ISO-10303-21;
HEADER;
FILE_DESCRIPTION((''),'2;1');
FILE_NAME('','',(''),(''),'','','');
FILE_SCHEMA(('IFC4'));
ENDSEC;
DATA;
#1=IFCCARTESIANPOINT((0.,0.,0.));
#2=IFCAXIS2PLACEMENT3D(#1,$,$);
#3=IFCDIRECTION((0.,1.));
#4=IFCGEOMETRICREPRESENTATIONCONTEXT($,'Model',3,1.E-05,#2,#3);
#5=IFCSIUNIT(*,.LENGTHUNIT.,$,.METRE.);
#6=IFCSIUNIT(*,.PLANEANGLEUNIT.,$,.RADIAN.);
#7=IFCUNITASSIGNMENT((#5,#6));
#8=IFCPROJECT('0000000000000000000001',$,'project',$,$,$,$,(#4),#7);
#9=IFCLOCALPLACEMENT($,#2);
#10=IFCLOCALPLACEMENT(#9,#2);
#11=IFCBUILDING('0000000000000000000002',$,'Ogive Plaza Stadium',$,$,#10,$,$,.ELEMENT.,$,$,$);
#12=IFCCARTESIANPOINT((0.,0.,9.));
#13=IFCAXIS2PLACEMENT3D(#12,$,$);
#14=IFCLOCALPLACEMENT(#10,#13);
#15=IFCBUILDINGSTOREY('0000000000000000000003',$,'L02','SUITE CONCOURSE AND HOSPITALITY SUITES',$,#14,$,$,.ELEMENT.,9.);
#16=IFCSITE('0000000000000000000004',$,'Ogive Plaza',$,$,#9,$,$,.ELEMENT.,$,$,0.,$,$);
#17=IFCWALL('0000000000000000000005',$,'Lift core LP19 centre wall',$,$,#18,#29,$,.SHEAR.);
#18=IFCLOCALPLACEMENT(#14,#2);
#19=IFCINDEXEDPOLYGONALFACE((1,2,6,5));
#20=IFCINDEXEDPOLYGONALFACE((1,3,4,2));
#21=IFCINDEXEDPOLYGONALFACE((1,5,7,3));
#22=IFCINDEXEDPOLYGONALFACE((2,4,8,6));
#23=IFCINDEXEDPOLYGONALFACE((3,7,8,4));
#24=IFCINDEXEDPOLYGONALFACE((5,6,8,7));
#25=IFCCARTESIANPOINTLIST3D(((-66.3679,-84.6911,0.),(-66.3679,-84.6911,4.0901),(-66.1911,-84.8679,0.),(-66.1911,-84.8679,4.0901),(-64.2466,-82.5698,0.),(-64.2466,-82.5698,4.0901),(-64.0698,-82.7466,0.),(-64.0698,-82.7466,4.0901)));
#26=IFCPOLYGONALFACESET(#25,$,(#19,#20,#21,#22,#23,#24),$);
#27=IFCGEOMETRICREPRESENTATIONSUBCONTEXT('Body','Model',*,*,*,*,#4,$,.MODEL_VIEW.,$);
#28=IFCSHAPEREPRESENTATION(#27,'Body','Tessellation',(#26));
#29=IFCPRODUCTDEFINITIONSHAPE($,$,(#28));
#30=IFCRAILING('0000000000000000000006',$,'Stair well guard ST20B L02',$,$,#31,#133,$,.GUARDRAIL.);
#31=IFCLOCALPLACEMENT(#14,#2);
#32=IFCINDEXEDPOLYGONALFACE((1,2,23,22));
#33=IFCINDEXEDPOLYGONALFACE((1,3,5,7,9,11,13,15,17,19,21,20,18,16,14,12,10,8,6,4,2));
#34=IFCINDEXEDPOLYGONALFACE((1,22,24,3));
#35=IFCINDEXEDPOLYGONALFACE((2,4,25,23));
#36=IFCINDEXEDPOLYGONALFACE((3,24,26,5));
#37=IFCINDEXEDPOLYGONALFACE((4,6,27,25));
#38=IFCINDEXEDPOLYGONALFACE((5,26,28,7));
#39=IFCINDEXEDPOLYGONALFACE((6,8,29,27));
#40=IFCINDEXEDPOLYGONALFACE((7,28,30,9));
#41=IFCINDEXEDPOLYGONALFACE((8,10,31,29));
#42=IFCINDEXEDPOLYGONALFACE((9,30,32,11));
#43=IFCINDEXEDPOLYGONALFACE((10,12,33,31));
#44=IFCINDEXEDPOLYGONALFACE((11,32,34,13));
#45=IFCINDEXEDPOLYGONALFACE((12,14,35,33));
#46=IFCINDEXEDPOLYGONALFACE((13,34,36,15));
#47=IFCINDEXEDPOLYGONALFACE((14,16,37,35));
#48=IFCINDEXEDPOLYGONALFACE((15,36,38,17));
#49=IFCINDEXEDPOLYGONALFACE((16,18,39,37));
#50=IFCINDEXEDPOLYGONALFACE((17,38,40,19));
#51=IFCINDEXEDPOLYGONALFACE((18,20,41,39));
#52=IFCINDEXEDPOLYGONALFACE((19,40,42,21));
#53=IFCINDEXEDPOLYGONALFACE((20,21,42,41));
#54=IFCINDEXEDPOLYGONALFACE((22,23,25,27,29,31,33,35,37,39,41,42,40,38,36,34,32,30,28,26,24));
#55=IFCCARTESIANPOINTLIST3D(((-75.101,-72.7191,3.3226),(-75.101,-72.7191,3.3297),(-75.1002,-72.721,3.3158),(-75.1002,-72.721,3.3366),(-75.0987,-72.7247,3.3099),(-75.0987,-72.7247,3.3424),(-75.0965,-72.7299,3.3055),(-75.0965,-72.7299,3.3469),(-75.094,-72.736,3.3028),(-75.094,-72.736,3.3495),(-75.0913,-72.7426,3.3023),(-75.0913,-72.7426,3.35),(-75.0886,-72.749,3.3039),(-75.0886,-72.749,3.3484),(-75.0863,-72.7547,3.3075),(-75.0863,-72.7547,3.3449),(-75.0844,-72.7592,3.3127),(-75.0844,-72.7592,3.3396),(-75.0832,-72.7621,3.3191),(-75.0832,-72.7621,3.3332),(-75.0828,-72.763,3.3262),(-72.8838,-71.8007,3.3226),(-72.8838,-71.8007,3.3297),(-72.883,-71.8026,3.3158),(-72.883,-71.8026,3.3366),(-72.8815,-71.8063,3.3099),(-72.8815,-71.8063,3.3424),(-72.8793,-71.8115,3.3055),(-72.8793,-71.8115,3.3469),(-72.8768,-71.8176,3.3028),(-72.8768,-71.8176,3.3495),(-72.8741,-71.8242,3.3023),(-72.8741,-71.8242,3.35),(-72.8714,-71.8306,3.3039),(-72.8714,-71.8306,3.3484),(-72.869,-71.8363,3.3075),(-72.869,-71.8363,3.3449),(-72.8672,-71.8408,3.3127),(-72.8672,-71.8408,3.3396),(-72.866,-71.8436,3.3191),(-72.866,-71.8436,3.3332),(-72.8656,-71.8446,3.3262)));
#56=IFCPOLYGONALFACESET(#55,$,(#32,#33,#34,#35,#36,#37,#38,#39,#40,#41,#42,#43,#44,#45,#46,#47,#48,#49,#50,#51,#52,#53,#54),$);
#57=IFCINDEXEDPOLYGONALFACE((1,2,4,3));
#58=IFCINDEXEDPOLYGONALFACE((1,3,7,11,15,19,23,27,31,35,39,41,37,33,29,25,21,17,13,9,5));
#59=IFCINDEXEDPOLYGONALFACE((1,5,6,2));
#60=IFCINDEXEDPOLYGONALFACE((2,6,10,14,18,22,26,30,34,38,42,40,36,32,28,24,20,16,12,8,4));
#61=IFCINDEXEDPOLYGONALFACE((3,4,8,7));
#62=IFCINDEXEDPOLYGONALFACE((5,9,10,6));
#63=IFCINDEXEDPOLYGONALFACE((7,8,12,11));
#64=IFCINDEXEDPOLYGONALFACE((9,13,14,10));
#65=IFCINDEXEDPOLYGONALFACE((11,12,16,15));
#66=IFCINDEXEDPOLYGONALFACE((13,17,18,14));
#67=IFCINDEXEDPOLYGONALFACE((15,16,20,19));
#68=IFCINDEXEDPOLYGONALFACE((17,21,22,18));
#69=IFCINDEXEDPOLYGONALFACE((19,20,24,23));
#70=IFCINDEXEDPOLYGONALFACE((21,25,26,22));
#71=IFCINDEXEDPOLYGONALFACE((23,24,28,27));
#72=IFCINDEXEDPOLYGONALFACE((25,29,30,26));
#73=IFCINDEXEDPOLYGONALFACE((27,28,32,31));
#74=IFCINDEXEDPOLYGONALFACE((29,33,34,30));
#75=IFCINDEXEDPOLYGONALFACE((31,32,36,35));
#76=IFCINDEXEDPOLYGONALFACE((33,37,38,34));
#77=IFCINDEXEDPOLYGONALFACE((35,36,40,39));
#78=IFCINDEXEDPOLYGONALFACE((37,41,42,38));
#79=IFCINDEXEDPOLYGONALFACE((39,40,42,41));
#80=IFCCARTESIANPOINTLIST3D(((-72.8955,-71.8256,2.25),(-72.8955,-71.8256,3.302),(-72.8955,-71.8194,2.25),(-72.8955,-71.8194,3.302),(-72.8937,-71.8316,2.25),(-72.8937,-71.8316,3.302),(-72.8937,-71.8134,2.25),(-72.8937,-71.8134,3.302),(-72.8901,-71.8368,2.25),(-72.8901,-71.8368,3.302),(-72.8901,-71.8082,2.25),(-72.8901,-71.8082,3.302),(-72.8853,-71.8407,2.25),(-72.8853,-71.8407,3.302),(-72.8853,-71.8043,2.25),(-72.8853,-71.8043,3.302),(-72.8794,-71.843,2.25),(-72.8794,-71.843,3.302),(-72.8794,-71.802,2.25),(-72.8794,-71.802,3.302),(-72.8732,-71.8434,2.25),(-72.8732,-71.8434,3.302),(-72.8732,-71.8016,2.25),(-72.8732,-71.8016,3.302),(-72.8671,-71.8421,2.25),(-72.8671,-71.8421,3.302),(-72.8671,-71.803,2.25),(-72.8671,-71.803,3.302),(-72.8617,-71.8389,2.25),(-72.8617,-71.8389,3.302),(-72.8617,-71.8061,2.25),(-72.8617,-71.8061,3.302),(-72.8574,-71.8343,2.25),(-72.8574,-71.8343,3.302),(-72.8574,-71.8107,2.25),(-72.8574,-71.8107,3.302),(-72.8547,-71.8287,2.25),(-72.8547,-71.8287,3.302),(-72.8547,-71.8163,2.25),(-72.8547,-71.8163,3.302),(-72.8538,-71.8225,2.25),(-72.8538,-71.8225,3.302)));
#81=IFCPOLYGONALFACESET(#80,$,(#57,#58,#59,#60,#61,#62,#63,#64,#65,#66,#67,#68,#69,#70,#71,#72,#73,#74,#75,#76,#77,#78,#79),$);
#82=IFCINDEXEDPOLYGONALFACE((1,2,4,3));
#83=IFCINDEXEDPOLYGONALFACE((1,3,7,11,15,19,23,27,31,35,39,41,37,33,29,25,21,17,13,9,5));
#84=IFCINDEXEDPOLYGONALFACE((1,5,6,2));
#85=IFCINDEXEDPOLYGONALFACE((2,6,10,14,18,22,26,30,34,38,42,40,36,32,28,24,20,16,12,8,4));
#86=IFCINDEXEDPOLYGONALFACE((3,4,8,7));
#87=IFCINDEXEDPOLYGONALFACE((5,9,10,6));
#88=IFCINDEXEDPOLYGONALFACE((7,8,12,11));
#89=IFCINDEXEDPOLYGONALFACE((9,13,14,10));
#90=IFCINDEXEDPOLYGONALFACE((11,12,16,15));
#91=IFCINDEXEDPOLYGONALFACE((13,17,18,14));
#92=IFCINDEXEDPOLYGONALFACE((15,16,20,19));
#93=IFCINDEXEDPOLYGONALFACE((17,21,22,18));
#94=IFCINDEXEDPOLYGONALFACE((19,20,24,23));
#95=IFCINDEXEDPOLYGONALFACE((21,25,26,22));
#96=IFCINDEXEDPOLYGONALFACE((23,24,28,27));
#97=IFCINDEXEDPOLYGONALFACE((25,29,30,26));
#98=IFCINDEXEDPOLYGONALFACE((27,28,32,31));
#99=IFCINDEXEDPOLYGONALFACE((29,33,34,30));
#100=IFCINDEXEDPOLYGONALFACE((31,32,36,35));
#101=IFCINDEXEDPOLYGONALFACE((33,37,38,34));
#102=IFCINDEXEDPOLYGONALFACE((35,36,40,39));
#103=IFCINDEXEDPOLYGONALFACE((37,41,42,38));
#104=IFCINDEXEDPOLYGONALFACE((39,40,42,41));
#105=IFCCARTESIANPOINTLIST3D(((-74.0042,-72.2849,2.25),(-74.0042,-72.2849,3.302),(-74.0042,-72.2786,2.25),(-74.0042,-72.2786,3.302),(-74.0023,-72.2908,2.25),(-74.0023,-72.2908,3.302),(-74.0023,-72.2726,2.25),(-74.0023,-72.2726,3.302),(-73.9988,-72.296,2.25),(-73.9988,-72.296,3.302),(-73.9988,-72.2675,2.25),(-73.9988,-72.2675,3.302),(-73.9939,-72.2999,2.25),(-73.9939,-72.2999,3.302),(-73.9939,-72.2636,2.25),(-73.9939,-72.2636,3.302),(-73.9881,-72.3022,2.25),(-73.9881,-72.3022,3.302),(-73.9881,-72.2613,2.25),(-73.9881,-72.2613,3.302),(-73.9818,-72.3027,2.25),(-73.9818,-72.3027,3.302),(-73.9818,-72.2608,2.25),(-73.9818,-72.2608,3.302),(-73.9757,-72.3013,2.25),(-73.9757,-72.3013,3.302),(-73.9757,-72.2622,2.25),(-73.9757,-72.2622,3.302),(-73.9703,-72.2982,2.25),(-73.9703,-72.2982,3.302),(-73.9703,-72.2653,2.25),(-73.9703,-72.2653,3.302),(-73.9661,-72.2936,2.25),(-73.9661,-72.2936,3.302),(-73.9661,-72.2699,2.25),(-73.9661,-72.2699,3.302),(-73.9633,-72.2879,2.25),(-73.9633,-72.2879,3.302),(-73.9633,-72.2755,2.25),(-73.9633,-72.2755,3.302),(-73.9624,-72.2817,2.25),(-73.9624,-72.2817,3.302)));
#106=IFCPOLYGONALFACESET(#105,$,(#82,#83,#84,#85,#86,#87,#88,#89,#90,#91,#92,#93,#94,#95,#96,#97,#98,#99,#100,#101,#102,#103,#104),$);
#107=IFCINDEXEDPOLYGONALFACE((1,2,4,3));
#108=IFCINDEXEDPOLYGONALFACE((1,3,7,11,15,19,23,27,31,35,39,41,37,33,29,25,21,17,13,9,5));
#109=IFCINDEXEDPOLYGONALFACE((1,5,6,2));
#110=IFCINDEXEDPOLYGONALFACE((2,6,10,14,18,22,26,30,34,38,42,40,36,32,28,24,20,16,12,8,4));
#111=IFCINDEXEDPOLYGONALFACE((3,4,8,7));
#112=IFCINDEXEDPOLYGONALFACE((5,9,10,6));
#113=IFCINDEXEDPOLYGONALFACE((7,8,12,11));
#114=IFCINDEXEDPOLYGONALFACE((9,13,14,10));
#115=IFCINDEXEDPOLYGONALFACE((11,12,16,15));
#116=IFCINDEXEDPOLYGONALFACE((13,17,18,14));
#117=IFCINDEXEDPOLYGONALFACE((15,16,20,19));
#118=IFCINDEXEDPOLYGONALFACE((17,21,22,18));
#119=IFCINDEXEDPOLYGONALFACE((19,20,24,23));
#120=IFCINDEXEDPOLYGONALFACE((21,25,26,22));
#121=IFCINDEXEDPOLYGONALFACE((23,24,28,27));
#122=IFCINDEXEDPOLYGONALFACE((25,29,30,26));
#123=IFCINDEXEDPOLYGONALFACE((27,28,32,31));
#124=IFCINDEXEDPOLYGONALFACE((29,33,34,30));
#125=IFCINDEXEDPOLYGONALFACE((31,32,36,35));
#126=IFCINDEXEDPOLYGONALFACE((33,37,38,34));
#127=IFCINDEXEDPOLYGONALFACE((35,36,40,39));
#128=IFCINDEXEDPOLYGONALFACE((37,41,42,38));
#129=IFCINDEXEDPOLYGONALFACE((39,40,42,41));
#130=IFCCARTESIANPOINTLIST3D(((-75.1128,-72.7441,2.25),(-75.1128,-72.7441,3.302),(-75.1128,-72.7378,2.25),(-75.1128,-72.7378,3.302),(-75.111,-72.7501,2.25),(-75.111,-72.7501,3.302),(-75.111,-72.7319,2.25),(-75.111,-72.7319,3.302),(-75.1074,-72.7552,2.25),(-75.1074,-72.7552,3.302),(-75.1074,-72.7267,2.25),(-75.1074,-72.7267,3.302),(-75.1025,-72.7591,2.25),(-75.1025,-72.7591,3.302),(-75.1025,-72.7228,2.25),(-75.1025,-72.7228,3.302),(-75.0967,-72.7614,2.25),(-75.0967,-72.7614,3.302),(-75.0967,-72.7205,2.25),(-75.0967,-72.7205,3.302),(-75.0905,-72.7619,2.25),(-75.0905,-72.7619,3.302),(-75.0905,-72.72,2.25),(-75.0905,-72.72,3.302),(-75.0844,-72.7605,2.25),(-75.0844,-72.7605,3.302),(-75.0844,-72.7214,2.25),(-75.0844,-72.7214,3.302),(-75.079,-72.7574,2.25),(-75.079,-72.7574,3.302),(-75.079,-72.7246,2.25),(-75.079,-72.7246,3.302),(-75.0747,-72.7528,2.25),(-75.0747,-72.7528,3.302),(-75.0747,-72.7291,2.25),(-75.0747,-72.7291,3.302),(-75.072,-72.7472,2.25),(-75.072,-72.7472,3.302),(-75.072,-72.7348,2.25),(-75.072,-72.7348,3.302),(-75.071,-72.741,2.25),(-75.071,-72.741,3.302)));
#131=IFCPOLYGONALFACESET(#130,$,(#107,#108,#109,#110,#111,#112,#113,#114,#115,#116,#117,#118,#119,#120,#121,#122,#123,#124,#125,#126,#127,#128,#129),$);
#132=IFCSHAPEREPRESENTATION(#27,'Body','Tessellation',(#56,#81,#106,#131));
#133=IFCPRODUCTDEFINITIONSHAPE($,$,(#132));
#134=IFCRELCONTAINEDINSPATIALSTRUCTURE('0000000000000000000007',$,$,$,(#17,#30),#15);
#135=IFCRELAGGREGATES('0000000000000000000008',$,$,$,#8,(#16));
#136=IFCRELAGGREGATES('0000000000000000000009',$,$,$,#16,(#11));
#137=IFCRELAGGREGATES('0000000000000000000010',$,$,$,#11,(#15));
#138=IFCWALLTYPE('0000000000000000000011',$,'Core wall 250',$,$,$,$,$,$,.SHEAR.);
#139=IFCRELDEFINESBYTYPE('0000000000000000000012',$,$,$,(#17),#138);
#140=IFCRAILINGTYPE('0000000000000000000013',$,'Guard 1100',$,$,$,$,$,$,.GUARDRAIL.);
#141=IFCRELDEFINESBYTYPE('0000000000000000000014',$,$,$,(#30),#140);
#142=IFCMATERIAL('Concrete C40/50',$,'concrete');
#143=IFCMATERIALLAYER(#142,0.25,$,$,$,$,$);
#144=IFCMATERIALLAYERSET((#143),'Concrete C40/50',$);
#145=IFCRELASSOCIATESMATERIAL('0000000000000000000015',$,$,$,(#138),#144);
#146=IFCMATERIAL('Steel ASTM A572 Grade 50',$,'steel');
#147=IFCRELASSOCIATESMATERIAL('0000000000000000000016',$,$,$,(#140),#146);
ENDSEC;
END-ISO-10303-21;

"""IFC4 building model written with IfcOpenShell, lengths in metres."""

from ifc_helpers import new_model, si_unit, direction, frame, frame_2d, origin, origin_2d, place, context, subcontext, project, spatial, rectangle, circle, extrude, material, layer, layer_set, type_object, element, save


model = new_model("IFC4")

# Units and contexts
model_context = context("Model", 3, precision=1e-05, world=origin(), true_north=direction((0.0, 1.0)))
body_context = subcontext(model_context, "Body", "Model", "MODEL_VIEW")
ifc_project = project(units=[si_unit("LENGTHUNIT", "METRE"), si_unit("PLANEANGLEUNIT", "RADIAN")], contexts=[model_context])

# Site, building, storey
site_placement = place(None, origin())
site = spatial("IfcSite", under=ifc_project, at=site_placement, Name="Ogive Plaza", CompositionType="ELEMENT", RefElevation=0.0)
building_placement = place(site_placement, origin())
building = spatial("IfcBuilding", under=site, at=building_placement, Name="Ogive Plaza Stadium", CompositionType="ELEMENT")
storey_placement = place(building_placement, frame((0.0, 0.0, 9.0)))
storey = spatial("IfcBuildingStorey", under=building, at=storey_placement, Name="L02", Description="SUITE CONCOURSE AND HOSPITALITY SUITES", CompositionType="ELEMENT", Elevation=9.0)

# Shared definitions
ifc_material_1 = material(Name="Concrete C40/50", Category="concrete")
ifc_layer_1 = layer(ifc_material_1, 0.25)
ifc_layer_set_1 = layer_set([ifc_layer_1], Name="Concrete C40/50")
wall_type = type_object("IfcWallType", Name="Core wall 250", PredefinedType="SHEAR", material=ifc_layer_set_1)

# Wall
wall_1_placement = place(storey_placement, frame((-64.1582, -82.6582, 0.0), z_axis=(0.0, 0.0, 1.0), x_axis=(-0.707107, -0.707107, 0.0)))
element("IfcWall", 1, at=wall_1_placement, inside=storey, type_object=wall_type, Name="Lift core LP19 centre wall", PredefinedType="SHEAR", context=body_context, shape_type="SweptSolid", body=[
    extrude(rectangle(XDim=3.0, YDim=0.25, at=frame_2d((1.5, 0.0))), origin(), (0.0, 0.0, 1.0), 4.0901),
])

# Railing
ifc_material_2 = material(Name="Steel ASTM A572 Grade 50", Category="steel")
railing_type_1 = type_object("IfcRailingType", Name="Guard 1100", PredefinedType="GUARDRAIL", material=ifc_material_2)
railing_1_placement = place(storey_placement, frame((-72.8748, -71.8225, 2.25)))
element("IfcRailing", 2, at=railing_1_placement, inside=storey, type_object=railing_type_1, Name="Stair well guard ST20B L02", PredefinedType="GUARDRAIL", context=body_context, shape_type="SweptSolid", body=[
    extrude(circle(Radius=0.0239, at=origin_2d()), frame((0.0, 0.0, 1.0762), z_axis=(-0.923875, -0.382693, 0.0), x_axis=(0.382693, -0.923875, 0.0)), (0.0, 0.0, 1.0), 2.3999),
    extrude(circle(Radius=0.021, at=origin_2d()), origin(), (0.0, 0.0, 1.0), 1.052),
    extrude(circle(Radius=0.021, at=origin_2d()), frame((-1.1086, -0.4592, 0.0)), (0.0, 0.0, 1.0), 1.052),
    extrude(circle(Radius=0.021, at=origin_2d()), frame((-2.2173, -0.9185, 0.0)), (0.0, 0.0, 1.0), 1.052),
])

save(model, "model.ifc")
